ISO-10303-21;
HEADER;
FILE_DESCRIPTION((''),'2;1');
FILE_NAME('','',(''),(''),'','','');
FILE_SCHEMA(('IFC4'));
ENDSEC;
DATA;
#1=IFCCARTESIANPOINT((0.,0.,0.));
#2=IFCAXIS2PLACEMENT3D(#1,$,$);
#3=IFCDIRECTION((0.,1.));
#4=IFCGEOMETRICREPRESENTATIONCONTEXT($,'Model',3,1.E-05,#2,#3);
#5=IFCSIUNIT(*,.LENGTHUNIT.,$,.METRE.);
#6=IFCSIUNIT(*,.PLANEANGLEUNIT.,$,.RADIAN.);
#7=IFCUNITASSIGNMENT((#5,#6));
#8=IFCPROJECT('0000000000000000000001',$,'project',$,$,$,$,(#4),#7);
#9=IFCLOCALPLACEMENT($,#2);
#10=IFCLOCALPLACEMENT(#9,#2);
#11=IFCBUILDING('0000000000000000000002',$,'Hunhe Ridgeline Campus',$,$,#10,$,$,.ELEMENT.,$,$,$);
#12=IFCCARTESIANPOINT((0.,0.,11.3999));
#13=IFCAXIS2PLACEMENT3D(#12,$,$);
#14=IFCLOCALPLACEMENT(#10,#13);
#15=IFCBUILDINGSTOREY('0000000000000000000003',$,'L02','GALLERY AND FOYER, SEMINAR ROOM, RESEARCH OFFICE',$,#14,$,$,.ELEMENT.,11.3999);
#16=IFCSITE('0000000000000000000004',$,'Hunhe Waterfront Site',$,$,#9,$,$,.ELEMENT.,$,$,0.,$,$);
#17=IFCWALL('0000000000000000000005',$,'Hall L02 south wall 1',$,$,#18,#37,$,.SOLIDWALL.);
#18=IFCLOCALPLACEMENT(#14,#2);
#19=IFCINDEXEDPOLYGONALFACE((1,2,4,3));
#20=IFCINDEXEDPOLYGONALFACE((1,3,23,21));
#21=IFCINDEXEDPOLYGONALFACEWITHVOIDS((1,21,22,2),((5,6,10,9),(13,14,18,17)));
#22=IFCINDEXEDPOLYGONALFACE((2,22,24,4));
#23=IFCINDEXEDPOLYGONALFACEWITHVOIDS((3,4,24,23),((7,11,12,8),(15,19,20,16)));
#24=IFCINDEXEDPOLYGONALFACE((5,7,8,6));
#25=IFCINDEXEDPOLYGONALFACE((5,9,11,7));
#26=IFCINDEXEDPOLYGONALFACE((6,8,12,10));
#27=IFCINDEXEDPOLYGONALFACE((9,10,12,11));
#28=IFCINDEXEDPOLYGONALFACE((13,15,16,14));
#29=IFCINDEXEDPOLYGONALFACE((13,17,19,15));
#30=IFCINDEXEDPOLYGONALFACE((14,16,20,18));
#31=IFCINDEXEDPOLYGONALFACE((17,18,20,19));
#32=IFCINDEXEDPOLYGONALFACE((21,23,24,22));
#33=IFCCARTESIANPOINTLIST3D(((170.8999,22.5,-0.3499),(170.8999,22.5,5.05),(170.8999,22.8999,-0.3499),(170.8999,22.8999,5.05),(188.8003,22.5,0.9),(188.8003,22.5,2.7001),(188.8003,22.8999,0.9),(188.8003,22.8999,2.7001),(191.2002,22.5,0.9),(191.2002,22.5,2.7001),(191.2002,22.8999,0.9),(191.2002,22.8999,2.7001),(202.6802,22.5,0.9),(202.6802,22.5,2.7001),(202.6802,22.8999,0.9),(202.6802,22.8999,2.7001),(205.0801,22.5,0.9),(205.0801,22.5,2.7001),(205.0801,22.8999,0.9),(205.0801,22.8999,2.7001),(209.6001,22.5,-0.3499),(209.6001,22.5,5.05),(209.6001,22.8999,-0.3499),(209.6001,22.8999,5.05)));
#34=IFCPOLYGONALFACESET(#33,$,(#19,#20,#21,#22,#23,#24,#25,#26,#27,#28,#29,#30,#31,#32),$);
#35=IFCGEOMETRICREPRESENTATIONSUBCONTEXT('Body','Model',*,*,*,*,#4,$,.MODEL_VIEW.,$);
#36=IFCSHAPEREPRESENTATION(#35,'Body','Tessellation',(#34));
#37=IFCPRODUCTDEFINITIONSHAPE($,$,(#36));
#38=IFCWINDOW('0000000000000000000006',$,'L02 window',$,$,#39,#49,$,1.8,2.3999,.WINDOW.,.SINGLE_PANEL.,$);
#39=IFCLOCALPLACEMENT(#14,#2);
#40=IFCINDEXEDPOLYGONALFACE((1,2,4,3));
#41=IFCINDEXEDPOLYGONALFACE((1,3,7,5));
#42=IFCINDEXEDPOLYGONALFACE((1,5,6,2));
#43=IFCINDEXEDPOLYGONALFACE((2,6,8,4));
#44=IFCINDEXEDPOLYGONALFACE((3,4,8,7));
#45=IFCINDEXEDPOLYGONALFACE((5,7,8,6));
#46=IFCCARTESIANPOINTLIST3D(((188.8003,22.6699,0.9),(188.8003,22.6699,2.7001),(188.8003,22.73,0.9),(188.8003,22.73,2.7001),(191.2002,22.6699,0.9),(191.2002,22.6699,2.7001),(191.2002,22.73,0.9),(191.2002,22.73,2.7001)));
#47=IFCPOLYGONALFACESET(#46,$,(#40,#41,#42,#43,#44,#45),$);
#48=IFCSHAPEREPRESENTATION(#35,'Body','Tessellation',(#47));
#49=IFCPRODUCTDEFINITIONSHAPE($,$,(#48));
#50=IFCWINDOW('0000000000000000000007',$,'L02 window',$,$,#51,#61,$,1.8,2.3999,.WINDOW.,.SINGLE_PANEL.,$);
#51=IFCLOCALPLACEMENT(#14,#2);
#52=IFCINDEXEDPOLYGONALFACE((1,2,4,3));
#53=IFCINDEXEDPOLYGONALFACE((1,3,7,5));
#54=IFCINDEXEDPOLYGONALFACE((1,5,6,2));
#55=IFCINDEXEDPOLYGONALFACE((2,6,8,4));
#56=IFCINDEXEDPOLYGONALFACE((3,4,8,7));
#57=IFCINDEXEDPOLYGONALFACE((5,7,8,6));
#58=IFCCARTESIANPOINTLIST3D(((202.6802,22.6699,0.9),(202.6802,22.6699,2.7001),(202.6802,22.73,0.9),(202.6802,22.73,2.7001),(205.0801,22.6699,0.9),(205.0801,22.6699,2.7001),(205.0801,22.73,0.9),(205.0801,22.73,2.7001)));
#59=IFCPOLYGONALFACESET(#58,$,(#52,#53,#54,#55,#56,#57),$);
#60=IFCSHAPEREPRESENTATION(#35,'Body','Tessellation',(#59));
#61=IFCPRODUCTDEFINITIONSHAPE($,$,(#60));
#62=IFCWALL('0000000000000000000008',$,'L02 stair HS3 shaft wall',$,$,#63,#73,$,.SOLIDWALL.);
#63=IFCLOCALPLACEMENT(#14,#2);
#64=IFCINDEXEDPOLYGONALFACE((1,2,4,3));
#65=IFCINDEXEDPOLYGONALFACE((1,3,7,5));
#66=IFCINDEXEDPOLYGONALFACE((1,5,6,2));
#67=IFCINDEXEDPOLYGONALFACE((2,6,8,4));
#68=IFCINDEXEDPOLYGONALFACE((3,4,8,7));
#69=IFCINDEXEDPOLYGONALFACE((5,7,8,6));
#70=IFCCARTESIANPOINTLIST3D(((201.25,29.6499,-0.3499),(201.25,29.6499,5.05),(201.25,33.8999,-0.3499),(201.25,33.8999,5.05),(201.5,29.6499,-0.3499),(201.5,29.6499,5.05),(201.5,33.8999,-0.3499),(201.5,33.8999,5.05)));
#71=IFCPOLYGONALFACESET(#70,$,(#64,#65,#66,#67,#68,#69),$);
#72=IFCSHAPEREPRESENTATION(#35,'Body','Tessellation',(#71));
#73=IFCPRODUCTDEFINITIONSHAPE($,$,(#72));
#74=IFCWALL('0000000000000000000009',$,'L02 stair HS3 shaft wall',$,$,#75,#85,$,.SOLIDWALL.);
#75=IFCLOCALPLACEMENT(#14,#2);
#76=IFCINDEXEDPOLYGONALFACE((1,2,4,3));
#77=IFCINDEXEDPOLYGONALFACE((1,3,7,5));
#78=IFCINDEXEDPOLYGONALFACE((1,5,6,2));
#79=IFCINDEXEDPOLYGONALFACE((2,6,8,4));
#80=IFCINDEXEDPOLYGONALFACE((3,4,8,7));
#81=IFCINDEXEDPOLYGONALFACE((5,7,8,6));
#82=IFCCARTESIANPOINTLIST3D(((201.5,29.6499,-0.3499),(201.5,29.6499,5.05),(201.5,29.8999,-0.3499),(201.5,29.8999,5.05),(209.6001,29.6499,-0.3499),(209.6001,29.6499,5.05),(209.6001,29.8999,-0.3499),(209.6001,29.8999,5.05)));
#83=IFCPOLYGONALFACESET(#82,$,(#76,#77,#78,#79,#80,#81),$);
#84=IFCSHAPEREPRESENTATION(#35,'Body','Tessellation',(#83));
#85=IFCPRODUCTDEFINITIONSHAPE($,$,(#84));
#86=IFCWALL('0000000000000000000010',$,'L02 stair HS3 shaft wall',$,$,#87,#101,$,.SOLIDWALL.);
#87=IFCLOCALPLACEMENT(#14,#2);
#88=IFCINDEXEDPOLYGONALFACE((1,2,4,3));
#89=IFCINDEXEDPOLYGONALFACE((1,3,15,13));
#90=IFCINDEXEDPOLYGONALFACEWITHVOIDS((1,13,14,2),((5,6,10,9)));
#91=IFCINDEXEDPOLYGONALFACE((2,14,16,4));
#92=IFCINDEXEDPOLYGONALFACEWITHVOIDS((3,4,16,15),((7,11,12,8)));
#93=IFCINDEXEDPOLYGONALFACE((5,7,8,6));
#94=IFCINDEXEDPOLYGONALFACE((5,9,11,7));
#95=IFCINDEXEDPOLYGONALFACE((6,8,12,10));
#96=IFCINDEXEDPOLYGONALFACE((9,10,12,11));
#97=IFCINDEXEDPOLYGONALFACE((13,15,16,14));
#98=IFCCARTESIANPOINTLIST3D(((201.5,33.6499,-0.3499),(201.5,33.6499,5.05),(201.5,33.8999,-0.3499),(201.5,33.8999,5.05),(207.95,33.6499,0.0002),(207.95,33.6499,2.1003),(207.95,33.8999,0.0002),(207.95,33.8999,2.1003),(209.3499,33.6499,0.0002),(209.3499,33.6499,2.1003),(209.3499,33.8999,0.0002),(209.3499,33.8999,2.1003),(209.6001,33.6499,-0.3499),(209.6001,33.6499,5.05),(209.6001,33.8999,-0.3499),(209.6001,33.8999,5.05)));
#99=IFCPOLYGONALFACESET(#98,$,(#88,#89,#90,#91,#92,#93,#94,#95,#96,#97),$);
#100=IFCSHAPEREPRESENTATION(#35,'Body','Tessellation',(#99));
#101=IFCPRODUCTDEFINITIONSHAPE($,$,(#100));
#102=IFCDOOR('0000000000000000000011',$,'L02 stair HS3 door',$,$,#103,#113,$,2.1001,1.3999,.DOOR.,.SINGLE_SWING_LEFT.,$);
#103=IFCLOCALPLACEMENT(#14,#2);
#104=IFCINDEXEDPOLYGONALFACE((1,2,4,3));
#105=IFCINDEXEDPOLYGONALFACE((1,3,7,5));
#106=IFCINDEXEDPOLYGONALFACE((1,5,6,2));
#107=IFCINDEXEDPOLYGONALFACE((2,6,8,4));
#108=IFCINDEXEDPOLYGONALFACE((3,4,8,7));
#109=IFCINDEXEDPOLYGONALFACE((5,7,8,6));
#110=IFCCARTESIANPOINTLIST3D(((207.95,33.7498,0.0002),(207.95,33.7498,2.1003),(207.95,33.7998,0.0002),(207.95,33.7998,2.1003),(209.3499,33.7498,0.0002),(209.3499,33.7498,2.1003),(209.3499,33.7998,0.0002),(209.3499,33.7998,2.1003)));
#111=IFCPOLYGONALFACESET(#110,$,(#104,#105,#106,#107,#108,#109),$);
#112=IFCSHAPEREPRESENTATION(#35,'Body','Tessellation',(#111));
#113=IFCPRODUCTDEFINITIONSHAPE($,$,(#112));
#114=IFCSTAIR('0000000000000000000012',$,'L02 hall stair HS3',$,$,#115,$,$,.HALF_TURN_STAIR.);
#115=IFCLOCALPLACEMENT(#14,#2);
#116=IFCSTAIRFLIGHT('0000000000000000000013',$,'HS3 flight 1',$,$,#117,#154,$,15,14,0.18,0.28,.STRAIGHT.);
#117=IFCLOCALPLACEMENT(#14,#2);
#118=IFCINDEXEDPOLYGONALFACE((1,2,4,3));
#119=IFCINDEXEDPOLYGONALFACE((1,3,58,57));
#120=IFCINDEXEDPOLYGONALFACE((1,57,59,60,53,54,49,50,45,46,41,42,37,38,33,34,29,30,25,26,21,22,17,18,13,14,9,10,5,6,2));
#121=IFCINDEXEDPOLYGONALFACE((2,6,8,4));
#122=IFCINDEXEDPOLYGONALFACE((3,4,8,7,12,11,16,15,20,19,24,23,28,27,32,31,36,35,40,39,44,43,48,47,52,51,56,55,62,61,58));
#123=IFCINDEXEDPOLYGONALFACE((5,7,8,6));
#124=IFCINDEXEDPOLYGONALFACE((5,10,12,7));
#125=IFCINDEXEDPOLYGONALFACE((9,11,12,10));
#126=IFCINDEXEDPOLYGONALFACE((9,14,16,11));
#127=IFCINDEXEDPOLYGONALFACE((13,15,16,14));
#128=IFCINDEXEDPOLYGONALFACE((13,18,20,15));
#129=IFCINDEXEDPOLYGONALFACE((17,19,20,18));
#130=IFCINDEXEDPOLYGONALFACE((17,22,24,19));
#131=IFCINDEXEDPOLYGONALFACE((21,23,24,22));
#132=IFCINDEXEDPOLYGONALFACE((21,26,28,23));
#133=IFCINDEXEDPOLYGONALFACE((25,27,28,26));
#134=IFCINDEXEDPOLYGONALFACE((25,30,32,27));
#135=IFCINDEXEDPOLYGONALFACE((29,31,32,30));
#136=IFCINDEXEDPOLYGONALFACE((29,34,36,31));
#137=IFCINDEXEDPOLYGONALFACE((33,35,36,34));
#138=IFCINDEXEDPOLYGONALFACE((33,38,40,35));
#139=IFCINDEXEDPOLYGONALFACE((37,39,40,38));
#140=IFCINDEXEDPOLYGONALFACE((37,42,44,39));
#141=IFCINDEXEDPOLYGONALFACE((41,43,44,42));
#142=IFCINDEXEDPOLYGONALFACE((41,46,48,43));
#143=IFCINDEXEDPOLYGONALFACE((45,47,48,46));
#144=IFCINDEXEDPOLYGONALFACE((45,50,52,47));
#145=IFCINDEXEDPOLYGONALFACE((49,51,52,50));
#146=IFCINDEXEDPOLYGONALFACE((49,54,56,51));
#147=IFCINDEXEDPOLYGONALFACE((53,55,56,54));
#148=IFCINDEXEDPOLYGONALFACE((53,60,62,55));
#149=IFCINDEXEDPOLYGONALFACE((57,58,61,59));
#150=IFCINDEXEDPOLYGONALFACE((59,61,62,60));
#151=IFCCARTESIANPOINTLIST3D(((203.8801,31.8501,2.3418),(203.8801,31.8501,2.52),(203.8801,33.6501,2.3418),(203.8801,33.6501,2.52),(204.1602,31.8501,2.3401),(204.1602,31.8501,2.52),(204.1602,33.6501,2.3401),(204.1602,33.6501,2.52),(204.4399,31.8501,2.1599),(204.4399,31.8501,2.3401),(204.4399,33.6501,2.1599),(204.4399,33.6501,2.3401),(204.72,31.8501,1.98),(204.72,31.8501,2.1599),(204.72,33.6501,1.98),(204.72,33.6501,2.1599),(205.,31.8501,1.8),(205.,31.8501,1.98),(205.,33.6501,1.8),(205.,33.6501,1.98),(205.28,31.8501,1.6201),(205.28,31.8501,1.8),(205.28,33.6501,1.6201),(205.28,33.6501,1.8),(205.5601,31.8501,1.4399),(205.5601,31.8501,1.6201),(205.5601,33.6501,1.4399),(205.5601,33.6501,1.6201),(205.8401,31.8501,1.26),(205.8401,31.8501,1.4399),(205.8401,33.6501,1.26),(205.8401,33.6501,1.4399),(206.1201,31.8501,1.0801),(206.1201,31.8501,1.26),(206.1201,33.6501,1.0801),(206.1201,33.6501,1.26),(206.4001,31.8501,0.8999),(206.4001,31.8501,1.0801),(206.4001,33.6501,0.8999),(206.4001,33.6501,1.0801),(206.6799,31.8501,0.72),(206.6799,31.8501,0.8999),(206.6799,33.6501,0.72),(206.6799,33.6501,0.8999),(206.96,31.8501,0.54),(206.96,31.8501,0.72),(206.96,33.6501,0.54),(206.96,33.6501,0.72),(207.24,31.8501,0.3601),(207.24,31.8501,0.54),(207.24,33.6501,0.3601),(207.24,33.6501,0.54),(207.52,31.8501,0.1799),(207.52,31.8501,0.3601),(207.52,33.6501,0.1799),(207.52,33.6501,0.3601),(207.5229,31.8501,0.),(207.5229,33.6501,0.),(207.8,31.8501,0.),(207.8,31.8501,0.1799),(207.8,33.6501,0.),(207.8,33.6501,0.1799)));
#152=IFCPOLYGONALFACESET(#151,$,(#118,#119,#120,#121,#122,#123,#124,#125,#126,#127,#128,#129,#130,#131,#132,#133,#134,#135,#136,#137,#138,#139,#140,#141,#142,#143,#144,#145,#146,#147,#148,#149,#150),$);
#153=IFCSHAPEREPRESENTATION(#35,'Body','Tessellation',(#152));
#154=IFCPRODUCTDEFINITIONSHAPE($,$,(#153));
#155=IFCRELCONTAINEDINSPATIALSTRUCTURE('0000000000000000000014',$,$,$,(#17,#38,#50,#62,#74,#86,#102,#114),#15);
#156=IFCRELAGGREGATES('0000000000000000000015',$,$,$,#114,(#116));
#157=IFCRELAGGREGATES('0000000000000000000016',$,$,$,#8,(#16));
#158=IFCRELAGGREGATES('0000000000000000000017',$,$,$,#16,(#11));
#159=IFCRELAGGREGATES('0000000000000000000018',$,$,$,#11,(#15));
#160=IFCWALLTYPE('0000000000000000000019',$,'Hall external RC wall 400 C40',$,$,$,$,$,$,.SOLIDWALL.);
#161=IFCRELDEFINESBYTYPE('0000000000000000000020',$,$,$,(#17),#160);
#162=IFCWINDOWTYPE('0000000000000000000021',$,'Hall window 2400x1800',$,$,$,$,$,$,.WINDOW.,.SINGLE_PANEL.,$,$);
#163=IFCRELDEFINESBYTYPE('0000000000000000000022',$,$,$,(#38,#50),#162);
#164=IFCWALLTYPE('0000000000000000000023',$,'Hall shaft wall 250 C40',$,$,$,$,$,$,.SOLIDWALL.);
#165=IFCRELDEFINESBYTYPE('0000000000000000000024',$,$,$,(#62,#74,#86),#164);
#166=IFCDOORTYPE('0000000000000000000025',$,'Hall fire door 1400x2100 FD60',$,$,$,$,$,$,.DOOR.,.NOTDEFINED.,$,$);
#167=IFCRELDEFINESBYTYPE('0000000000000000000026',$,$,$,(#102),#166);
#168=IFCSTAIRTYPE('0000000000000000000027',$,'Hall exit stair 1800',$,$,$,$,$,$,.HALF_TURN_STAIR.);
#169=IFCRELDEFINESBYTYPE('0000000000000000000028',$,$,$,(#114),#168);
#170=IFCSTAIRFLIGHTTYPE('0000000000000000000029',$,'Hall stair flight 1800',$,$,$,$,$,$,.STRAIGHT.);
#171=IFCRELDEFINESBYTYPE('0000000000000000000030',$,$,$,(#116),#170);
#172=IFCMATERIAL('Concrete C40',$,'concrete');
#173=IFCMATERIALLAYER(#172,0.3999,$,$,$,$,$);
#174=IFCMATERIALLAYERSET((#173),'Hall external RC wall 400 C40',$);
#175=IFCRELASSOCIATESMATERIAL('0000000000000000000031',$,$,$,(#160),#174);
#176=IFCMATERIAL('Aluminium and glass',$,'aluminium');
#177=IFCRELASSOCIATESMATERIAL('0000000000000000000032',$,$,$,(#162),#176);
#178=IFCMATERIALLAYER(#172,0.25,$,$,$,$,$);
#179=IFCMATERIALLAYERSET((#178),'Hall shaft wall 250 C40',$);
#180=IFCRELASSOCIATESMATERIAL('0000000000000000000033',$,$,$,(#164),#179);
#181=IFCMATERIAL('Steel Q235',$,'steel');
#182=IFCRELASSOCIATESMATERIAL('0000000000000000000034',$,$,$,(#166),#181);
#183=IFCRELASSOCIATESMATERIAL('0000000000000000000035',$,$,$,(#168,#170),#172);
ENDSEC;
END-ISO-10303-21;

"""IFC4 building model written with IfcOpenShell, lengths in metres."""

from ifc_helpers import new_model, si_unit, direction, frame, frame_2d, origin, place, context, subcontext, project, spatial, polyline, rectangle, outline, extrude, material, layer, layer_set, type_object, element, fill, aggregate, save


model = new_model("IFC4")

# Units and contexts
model_context = context("Model", 3, precision=1e-05, world=origin(), true_north=direction((0.0, 1.0)))
body_context = subcontext(model_context, "Body", "Model", "MODEL_VIEW")
ifc_project = project(units=[si_unit("LENGTHUNIT", "METRE"), si_unit("PLANEANGLEUNIT", "RADIAN")], contexts=[model_context])

# Site, building, storey
site_placement = place(None, origin())
site = spatial("IfcSite", under=ifc_project, at=site_placement, Name="Hunhe Waterfront Site", CompositionType="ELEMENT", RefElevation=0.0)
building_placement = place(site_placement, origin())
building = spatial("IfcBuilding", under=site, at=building_placement, Name="Hunhe Ridgeline Campus", CompositionType="ELEMENT")
storey_placement = place(building_placement, frame((0.0, 0.0, 11.3999)))
storey = spatial("IfcBuildingStorey", under=building, at=storey_placement, Name="L02", Description="GALLERY AND FOYER, SEMINAR ROOM, RESEARCH OFFICE", CompositionType="ELEMENT", Elevation=11.3999)

# Shared definitions
ifc_material_1 = material(Name="Aluminium and glass", Category="aluminium")

# Wall, openings, windows
ifc_material_2 = material(Name="Concrete C40", Category="concrete")
ifc_layer_1 = layer(ifc_material_2, 0.3999)
ifc_layer_set_1 = layer_set([ifc_layer_1], Name="Hall external RC wall 400 C40")
wall_type_1 = type_object("IfcWallType", Name="Hall external RC wall 400 C40", PredefinedType="SOLIDWALL", material=ifc_layer_set_1)
wall_1_placement = place(storey_placement, frame((209.6001, 22.7, -0.3499), z_axis=(0.0, 0.0, 1.0), x_axis=(-1.0, 0.0, 0.0)))
wall_1 = element("IfcWall", 1, at=wall_1_placement, inside=storey, type_object=wall_type_1, Name="Hall L02 south wall 1", PredefinedType="SOLIDWALL", context=body_context, shape_type="SweptSolid", body=[
    extrude(rectangle(XDim=38.7002, YDim=0.3999, at=frame_2d((19.3501, 0.0))), origin(), (0.0, 0.0, 1.0), 5.3999),
])
opening_1_placement = place(wall_1_placement, frame((18.3999, 0.0, 1.25)))
opening_1 = element("IfcOpeningElement", 2, at=opening_1_placement, cuts=wall_1, PredefinedType="OPENING", context=body_context, shape_type="SweptSolid", body=[
    extrude(rectangle(XDim=2.3999, YDim=1.8, at=frame_2d((1.2, 0.8999))), frame((0.0, 0.2, 0.0), z_axis=(0.0, -1.0, 0.0), x_axis=(1.0, 0.0, 0.0)), (0.0, 0.0, 1.0), 0.3999),
])
opening_2_placement = place(wall_1_placement, frame((4.52, 0.0, 1.25)))
opening_2 = element("IfcOpeningElement", 3, at=opening_2_placement, cuts=wall_1, PredefinedType="OPENING", context=body_context, shape_type="SweptSolid", body=[
    extrude(rectangle(XDim=2.3999, YDim=1.8, at=frame_2d((1.2, 0.8999))), frame((0.0, 0.2, 0.0), z_axis=(0.0, -1.0, 0.0), x_axis=(1.0, 0.0, 0.0)), (0.0, 0.0, 1.0), 0.3999),
])
window_type = type_object("IfcWindowType", Name="Hall window 2400x1800", PartitioningType="SINGLE_PANEL", PredefinedType="WINDOW", material=ifc_material_1)
window_1_placement = place(opening_1_placement, origin())
window_1 = element("IfcWindow", 4, at=window_1_placement, inside=storey, type_object=window_type, Name="L02 window", OverallHeight=1.8, OverallWidth=2.3999, PartitioningType="SINGLE_PANEL", PredefinedType="WINDOW", context=body_context, shape_type="SweptSolid", body=[
    extrude(rectangle(XDim=2.3999, YDim=1.8, at=frame_2d((1.2, 0.8999))), frame((0.0, 0.03, 0.0), z_axis=(0.0, -1.0, 0.0), x_axis=(1.0, 0.0, 0.0)), (0.0, 0.0, 1.0), 0.0601),
])
fill(opening_1, window_1)
window_2_placement = place(opening_2_placement, origin())
window_2 = element("IfcWindow", 5, at=window_2_placement, inside=storey, type_object=window_type, Name="L02 window", OverallHeight=1.8, OverallWidth=2.3999, PartitioningType="SINGLE_PANEL", PredefinedType="WINDOW", context=body_context, shape_type="SweptSolid", body=[
    extrude(rectangle(XDim=2.3999, YDim=1.8, at=frame_2d((1.2, 0.8999))), frame((0.0, 0.03, 0.0), z_axis=(0.0, -1.0, 0.0), x_axis=(1.0, 0.0, 0.0)), (0.0, 0.0, 1.0), 0.0601),
])
fill(opening_2, window_2)

# Walls
ifc_layer_2 = layer(ifc_material_2, 0.25)
ifc_layer_set_2 = layer_set([ifc_layer_2], Name="Hall shaft wall 250 C40")
wall_type_2 = type_object("IfcWallType", Name="Hall shaft wall 250 C40", PredefinedType="SOLIDWALL", material=ifc_layer_set_2)
wall_2_placement = place(storey_placement, frame((201.375, 29.6499, -0.3499), z_axis=(0.0, 0.0, 1.0), x_axis=(0.0, 1.0, 0.0)))
element("IfcWall", 6, at=wall_2_placement, inside=storey, type_object=wall_type_2, Name="L02 stair HS3 shaft wall", PredefinedType="SOLIDWALL", context=body_context, shape_type="SweptSolid", body=[
    extrude(rectangle(XDim=4.25, YDim=0.25, at=frame_2d((2.125, 0.0))), origin(), (0.0, 0.0, 1.0), 5.3999),
])
wall_3_placement = place(storey_placement, frame((209.6001, 29.7749, -0.3499), z_axis=(0.0, 0.0, 1.0), x_axis=(-1.0, 0.0, 0.0)))
element("IfcWall", 7, at=wall_3_placement, inside=storey, type_object=wall_type_2, Name="L02 stair HS3 shaft wall", PredefinedType="SOLIDWALL", context=body_context, shape_type="SweptSolid", body=[
    extrude(rectangle(XDim=8.1001, YDim=0.25, at=frame_2d((4.05, 0.0))), origin(), (0.0, 0.0, 1.0), 5.3999),
])

# Wall, opening, door
wall_4_placement = place(storey_placement, frame((201.5, 33.7749, -0.3499), z_axis=(0.0, 0.0, 1.0), x_axis=(1.0, 0.0, 0.0)))
wall_4 = element("IfcWall", 8, at=wall_4_placement, inside=storey, type_object=wall_type_2, Name="L02 stair HS3 shaft wall", PredefinedType="SOLIDWALL", context=body_context, shape_type="SweptSolid", body=[
    extrude(rectangle(XDim=8.1001, YDim=0.25, at=frame_2d((4.05, 0.0))), origin(), (0.0, 0.0, 1.0), 5.3999),
])
opening_3_placement = place(wall_4_placement, frame((6.45, 0.0, 0.3501)))
opening_3 = element("IfcOpeningElement", 9, at=opening_3_placement, cuts=wall_4, PredefinedType="OPENING", context=body_context, shape_type="SweptSolid", body=[
    extrude(rectangle(XDim=1.3999, YDim=2.1001, at=frame_2d((0.7, 1.05))), frame((0.0, 0.125, 0.0), z_axis=(0.0, -1.0, 0.0), x_axis=(1.0, 0.0, 0.0)), (0.0, 0.0, 1.0), 0.25),
])
ifc_material_3 = material(Name="Steel Q235", Category="steel")
door_type_1 = type_object("IfcDoorType", Name="Hall fire door 1400x2100 FD60", OperationType="NOTDEFINED", PredefinedType="DOOR", material=ifc_material_3)
door_1_placement = place(opening_3_placement, origin())
door_1 = element("IfcDoor", 10, at=door_1_placement, inside=storey, type_object=door_type_1, Name="L02 stair HS3 door", OperationType="SINGLE_SWING_LEFT", OverallHeight=2.1001, OverallWidth=1.3999, PredefinedType="DOOR", context=body_context, shape_type="SweptSolid", body=[
    extrude(rectangle(XDim=1.3999, YDim=2.1001, at=frame_2d((0.7, 1.05))), frame((0.0, 0.0249, 0.0), z_axis=(0.0, -1.0, 0.0), x_axis=(1.0, 0.0, 0.0)), (0.0, 0.0, 1.0), 0.05),
])
fill(opening_3, door_1)

# Stair, stair flight
stair_type = type_object("IfcStairType", Name="Hall exit stair 1800", PredefinedType="HALF_TURN_STAIR", material=ifc_material_2)
stair_placement = place(storey_placement, origin())
stair = element("IfcStair", 11, at=stair_placement, inside=storey, type_object=stair_type, Name="L02 hall stair HS3", PredefinedType="HALF_TURN_STAIR")
stair_flight_type = type_object("IfcStairFlightType", Name="Hall stair flight 1800", PredefinedType="STRAIGHT", material=ifc_material_2)
stair_flight_1_placement = place(storey_placement, frame((207.8, 32.75, 0.0), z_axis=(0.0, 0.0, 1.0), x_axis=(-1.0, 0.0, 0.0)))
stair_flight_1 = element("IfcStairFlight", 12, at=stair_flight_1_placement, type_object=stair_flight_type, Name="HS3 flight 1", NumberOfRisers=15, NumberOfTreads=14, PredefinedType="STRAIGHT", RiserHeight=0.18, TreadLength=0.28, context=body_context, shape_type="SweptSolid", body=[
    extrude(outline(polyline([(0.0, 0.0), (0.0, 0.1799), (0.28, 0.1799), (0.28, 0.3601), (0.5601, 0.3601), (0.5601, 0.54), (0.8401, 0.54), (0.8401, 0.72), (1.1201, 0.72), (1.1201, 0.8999), (1.3999, 0.8999), (1.3999, 1.0801), (1.6799, 1.0801), (1.6799, 1.26), (1.96, 1.26), (1.96, 1.4399), (2.24, 1.4399), (2.24, 1.6201), (2.52, 1.6201), (2.52, 1.8), (2.8, 1.8), (2.8, 1.98), (3.0801, 1.98), (3.0801, 2.1599), (3.3601, 2.1599), (3.3601, 2.3401), (3.6399, 2.3401), (3.6399, 2.52), (3.9199, 2.52), (3.9199, 2.7), (3.9199, 2.3418), (0.2771, 0.0), (0.0, 0.0)])), frame((0.0, 0.8999, 0.0), z_axis=(0.0, -1.0, 0.0), x_axis=(1.0, 0.0, 0.0)), (0.0, 0.0, 1.0), 1.8),
])
aggregate(stair, [stair_flight_1])

save(model, "model.ifc")
